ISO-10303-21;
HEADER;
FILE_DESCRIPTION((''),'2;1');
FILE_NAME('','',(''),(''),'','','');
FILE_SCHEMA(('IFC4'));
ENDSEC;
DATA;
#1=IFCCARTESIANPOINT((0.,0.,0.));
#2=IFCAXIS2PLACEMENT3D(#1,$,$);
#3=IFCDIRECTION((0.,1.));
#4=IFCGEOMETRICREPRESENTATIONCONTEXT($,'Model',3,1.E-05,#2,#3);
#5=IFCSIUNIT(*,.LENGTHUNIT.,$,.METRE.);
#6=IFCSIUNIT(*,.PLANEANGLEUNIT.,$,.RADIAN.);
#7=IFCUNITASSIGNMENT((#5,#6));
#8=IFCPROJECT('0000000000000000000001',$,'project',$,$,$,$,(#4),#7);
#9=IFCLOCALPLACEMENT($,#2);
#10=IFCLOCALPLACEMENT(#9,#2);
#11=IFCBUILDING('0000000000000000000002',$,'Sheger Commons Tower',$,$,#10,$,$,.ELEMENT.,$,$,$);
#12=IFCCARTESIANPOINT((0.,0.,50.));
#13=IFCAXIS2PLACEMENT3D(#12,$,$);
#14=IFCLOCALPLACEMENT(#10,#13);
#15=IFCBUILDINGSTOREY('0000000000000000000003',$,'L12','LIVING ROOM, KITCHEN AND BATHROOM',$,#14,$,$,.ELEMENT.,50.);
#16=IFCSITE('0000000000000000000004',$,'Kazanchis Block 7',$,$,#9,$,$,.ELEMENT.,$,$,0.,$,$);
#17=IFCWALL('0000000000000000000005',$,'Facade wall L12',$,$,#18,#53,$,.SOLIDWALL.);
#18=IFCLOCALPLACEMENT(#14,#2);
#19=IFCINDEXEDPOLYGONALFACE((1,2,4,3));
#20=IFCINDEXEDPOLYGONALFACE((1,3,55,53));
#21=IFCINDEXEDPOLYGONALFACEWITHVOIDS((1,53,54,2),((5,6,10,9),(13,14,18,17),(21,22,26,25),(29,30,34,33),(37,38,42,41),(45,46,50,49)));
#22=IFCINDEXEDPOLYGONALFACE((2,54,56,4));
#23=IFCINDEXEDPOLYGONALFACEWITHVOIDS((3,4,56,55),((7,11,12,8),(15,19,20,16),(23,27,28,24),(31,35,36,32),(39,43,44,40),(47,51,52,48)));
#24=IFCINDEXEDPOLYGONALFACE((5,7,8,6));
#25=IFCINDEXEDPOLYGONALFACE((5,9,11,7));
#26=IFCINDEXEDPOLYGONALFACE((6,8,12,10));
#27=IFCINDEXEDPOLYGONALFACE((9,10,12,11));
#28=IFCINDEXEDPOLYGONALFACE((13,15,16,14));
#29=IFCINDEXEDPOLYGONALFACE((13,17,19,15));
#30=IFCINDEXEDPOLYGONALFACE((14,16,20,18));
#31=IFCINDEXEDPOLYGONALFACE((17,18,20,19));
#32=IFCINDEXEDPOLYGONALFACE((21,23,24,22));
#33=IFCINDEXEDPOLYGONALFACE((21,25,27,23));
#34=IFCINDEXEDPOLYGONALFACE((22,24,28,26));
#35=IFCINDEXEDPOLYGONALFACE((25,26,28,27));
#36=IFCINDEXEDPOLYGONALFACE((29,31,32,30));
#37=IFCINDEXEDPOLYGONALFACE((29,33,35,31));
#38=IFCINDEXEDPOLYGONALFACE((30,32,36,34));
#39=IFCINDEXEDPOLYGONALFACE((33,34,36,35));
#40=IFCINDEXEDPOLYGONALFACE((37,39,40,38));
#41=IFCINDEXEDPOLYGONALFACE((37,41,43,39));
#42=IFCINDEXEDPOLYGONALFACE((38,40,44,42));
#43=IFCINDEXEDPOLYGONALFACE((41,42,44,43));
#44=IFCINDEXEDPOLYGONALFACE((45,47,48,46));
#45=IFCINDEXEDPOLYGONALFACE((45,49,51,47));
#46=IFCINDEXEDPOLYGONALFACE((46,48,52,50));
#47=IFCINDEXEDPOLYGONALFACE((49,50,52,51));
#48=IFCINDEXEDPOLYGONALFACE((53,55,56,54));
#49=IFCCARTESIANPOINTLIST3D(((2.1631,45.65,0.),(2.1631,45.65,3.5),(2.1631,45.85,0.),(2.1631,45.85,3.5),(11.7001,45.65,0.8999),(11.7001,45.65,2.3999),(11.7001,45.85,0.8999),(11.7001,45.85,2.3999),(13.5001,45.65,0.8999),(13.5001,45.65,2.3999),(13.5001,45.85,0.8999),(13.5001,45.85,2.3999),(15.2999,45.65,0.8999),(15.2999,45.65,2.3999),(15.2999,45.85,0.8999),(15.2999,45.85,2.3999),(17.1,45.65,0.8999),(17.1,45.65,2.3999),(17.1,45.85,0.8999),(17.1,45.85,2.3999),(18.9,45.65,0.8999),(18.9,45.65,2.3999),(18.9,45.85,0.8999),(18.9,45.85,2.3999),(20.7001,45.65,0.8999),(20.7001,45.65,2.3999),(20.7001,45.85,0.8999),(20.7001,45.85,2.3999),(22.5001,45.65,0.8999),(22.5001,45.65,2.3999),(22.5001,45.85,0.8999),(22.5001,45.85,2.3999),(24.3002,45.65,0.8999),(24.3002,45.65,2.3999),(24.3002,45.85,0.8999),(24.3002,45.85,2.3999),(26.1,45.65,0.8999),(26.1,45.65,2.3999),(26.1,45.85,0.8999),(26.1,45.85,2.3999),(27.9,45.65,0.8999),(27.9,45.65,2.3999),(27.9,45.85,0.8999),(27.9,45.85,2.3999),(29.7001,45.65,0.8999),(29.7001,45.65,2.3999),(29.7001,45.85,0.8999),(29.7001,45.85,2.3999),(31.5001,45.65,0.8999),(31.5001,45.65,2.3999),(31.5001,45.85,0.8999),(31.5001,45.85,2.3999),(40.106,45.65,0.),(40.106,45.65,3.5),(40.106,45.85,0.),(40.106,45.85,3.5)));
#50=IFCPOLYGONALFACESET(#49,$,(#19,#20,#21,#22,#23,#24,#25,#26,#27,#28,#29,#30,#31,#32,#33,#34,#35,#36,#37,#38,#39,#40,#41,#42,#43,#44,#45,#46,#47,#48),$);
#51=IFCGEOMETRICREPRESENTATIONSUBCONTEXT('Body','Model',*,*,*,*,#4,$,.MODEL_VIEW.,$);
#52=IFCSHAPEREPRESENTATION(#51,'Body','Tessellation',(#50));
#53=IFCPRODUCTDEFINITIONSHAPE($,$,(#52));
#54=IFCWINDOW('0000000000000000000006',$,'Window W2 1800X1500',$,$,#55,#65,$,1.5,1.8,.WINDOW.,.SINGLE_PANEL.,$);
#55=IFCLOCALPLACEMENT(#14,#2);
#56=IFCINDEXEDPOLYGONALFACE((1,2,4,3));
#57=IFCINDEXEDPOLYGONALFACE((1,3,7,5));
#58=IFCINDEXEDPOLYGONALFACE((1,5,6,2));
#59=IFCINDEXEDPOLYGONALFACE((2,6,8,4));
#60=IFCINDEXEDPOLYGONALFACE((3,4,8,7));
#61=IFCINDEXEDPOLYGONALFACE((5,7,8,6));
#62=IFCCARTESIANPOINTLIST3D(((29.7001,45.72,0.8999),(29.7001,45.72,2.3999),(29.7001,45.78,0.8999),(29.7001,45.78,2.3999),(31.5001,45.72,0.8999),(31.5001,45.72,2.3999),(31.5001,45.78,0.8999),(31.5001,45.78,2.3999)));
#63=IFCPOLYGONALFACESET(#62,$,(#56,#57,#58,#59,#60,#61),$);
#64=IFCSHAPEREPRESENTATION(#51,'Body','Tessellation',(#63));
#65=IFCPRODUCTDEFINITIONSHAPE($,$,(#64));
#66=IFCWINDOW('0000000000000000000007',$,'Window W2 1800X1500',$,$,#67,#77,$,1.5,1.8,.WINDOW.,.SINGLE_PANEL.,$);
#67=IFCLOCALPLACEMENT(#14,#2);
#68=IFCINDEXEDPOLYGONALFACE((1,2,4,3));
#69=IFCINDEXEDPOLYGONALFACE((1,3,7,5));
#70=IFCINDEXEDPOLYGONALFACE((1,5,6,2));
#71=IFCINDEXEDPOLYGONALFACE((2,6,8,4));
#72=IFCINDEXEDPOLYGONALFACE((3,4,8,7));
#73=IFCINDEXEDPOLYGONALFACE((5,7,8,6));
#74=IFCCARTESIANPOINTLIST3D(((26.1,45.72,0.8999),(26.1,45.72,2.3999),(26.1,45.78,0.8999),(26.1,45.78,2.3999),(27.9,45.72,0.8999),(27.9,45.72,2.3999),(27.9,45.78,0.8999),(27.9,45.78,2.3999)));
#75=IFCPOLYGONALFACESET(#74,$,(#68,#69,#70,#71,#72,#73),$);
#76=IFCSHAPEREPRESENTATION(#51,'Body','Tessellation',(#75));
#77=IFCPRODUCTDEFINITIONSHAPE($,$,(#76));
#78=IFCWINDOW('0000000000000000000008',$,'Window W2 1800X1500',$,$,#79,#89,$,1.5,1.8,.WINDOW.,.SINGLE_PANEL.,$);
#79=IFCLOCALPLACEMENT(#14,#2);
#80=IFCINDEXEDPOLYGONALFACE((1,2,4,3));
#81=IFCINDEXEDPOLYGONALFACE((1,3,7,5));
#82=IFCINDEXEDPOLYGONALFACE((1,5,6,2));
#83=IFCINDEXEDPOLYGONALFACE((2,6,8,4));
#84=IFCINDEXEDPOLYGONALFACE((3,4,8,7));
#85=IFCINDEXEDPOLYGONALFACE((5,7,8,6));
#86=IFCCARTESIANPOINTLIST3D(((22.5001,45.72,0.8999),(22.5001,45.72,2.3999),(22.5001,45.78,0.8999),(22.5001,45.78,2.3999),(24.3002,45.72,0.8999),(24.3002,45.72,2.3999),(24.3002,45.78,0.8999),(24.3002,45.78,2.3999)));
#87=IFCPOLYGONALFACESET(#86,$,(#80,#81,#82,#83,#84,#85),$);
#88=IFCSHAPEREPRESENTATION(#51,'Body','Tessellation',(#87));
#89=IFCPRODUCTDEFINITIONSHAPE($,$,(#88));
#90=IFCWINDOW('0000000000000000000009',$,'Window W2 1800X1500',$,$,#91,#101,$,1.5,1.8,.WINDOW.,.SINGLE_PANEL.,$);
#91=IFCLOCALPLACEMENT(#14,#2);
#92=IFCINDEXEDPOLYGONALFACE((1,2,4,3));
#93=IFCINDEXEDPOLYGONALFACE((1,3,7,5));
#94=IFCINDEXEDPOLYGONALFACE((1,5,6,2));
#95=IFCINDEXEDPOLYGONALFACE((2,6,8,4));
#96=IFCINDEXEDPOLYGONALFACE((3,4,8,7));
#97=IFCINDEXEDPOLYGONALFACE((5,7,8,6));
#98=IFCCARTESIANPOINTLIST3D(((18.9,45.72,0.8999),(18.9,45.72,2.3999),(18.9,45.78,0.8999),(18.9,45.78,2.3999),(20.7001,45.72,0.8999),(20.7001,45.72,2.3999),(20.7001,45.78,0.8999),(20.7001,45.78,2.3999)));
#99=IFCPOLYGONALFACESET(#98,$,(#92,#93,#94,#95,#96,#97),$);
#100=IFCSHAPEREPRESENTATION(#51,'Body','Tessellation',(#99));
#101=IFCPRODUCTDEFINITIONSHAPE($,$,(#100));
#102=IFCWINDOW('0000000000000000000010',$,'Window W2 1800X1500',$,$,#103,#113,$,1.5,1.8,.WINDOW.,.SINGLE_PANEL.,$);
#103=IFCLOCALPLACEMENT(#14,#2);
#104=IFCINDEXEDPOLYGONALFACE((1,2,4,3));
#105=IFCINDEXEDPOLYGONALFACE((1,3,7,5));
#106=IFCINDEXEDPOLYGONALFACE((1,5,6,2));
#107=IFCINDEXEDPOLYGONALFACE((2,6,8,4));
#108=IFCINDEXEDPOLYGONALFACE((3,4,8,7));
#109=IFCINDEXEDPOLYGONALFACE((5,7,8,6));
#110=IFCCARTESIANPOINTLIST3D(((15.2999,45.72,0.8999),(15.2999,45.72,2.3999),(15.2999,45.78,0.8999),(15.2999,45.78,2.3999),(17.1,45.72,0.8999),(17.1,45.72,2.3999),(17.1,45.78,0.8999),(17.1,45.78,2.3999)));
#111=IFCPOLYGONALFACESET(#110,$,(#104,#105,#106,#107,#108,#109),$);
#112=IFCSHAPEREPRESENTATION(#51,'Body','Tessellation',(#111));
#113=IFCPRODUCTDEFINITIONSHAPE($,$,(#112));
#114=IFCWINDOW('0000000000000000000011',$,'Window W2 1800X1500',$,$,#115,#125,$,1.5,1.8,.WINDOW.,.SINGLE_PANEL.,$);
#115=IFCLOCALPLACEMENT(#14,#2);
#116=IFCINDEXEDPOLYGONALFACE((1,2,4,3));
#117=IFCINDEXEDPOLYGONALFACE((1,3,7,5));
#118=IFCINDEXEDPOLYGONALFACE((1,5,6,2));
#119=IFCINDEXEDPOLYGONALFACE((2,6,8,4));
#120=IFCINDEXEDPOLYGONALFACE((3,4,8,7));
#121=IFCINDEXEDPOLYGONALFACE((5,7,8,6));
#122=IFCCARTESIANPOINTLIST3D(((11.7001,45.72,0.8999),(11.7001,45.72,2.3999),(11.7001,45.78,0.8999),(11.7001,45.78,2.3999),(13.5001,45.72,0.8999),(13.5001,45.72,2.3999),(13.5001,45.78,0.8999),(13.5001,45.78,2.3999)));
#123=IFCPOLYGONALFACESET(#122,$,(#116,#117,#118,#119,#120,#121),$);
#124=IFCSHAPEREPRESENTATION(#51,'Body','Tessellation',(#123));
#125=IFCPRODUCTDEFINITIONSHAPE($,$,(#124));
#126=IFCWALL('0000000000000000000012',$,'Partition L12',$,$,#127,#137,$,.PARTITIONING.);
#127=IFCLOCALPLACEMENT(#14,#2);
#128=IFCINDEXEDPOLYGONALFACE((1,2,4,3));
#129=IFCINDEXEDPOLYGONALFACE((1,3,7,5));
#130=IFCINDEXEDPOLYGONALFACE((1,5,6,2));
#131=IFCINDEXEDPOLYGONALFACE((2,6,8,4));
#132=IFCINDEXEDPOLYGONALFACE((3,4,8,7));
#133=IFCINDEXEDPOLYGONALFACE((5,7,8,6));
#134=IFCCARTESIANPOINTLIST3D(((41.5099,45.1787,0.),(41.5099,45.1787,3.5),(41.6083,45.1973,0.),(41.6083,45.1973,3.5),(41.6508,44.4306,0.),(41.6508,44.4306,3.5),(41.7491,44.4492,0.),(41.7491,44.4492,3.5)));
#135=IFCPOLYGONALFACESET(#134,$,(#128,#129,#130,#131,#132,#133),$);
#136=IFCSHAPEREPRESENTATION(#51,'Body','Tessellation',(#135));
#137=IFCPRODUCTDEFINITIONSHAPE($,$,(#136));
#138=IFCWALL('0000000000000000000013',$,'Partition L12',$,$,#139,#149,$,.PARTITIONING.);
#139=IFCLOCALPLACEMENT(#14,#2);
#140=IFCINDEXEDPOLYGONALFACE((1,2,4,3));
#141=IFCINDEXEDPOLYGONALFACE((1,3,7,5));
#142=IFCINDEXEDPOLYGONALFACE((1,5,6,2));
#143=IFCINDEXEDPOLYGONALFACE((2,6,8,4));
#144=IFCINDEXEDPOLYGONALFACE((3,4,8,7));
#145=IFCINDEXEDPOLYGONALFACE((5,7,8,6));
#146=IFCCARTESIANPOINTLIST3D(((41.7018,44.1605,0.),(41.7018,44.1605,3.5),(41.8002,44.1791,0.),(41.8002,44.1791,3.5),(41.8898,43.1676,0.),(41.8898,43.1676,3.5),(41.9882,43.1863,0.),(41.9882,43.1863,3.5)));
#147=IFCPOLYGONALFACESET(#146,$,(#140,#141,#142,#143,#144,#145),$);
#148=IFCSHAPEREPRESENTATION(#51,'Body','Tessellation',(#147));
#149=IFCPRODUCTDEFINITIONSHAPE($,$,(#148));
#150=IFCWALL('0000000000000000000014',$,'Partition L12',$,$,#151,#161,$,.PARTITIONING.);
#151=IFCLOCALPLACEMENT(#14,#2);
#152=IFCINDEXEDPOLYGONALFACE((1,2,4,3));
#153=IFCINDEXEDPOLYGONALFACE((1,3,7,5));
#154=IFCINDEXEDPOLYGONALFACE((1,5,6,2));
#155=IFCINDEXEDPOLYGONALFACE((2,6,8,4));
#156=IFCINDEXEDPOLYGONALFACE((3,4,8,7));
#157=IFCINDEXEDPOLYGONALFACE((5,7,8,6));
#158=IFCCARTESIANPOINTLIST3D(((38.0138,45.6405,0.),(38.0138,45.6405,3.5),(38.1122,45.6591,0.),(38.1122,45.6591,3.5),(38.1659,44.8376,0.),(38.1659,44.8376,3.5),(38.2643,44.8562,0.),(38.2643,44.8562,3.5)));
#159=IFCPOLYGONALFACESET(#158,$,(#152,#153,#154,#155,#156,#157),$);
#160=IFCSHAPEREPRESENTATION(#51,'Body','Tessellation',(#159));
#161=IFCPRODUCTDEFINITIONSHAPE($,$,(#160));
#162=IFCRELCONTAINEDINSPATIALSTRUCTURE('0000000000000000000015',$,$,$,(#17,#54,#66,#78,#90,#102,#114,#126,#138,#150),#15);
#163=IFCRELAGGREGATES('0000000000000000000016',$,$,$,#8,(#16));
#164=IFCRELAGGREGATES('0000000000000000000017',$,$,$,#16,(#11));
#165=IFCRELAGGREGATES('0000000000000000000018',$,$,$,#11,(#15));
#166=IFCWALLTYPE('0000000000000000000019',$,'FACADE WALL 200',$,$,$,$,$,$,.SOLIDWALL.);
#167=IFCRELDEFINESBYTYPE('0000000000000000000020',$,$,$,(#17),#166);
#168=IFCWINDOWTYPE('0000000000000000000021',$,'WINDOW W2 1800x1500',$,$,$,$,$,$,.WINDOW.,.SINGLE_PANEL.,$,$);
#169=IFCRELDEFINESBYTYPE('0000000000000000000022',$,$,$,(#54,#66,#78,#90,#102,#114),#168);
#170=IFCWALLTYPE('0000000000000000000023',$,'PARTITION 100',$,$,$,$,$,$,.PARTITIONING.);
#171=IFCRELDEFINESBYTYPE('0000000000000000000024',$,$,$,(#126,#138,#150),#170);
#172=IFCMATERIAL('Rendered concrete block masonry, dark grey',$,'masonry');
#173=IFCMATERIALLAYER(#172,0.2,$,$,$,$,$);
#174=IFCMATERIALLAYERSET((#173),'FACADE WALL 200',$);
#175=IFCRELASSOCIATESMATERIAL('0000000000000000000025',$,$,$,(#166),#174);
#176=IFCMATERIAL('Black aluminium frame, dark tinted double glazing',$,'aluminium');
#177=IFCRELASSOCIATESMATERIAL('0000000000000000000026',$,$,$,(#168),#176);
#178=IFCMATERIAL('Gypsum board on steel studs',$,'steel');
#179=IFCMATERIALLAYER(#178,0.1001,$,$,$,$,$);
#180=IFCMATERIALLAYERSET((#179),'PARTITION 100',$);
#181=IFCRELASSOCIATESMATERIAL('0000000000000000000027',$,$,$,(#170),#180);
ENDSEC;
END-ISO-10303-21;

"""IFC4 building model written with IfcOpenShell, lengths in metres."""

from ifc_helpers import new_model, si_unit, direction, frame, frame_2d, origin, place, context, subcontext, project, spatial, rectangle, extrude, material, layer, layer_set, type_object, element, fill, save


model = new_model("IFC4")

# Units and contexts
model_context = context("Model", 3, precision=1e-05, world=origin(), true_north=direction((0.0, 1.0)))
body_context = subcontext(model_context, "Body", "Model", "MODEL_VIEW")
ifc_project = project(units=[si_unit("LENGTHUNIT", "METRE"), si_unit("PLANEANGLEUNIT", "RADIAN")], contexts=[model_context])

# Site, building, storey
site_placement = place(None, origin())
site = spatial("IfcSite", under=ifc_project, at=site_placement, Name="Kazanchis Block 7", CompositionType="ELEMENT", RefElevation=0.0)
building_placement = place(site_placement, origin())
building = spatial("IfcBuilding", under=site, at=building_placement, Name="Sheger Commons Tower", CompositionType="ELEMENT")
storey_placement = place(building_placement, frame((0.0, 0.0, 50.0)))
storey = spatial("IfcBuildingStorey", under=building, at=storey_placement, Name="L12", Description="LIVING ROOM, KITCHEN AND BATHROOM", CompositionType="ELEMENT", Elevation=50.0)

# Shared definitions
ifc_material_1 = material(Name="Rendered concrete block masonry, dark grey", Category="masonry")
ifc_layer_1 = layer(ifc_material_1, 0.2)
ifc_layer_set_1 = layer_set([ifc_layer_1], Name="FACADE WALL 200")
wall_type_1 = type_object("IfcWallType", Name="FACADE WALL 200", PredefinedType="SOLIDWALL", material=ifc_layer_set_1)

# Wall, openings, windows
wall_1_placement = place(storey_placement, frame((40.106, 45.75, 0.0), z_axis=(0.0, 0.0, 1.0), x_axis=(-1.0, 0.0, 0.0)))
wall_1 = element("IfcWall", 1, at=wall_1_placement, inside=storey, type_object=wall_type_1, Name="Facade wall L12", PredefinedType="SOLIDWALL", context=body_context, shape_type="SweptSolid", body=[
    extrude(rectangle(XDim=37.9429, YDim=0.2, at=frame_2d((18.9714, 0.0))), origin(), (0.0, 0.0, 1.0), 3.5),
])
opening_1_placement = place(wall_1_placement, frame((8.606, 0.0, 0.8999)))
opening_1 = element("IfcOpeningElement", 2, at=opening_1_placement, cuts=wall_1, PredefinedType="OPENING", context=body_context, shape_type="SweptSolid", body=[
    extrude(rectangle(XDim=1.8, YDim=1.5, at=frame_2d((0.8999, 0.75))), frame((0.0, 0.1099, 0.0), z_axis=(0.0, -1.0, 0.0), x_axis=(1.0, 0.0, 0.0)), (0.0, 0.0, 1.0), 0.22),
])
opening_2_placement = place(wall_1_placement, frame((12.2061, 0.0, 0.8999)))
opening_2 = element("IfcOpeningElement", 3, at=opening_2_placement, cuts=wall_1, PredefinedType="OPENING", context=body_context, shape_type="SweptSolid", body=[
    extrude(rectangle(XDim=1.8, YDim=1.5, at=frame_2d((0.8999, 0.75))), frame((0.0, 0.1099, 0.0), z_axis=(0.0, -1.0, 0.0), x_axis=(1.0, 0.0, 0.0)), (0.0, 0.0, 1.0), 0.22),
])
opening_3_placement = place(wall_1_placement, frame((15.8059, 0.0, 0.8999)))
opening_3 = element("IfcOpeningElement", 4, at=opening_3_placement, cuts=wall_1, PredefinedType="OPENING", context=body_context, shape_type="SweptSolid", body=[
    extrude(rectangle(XDim=1.8, YDim=1.5, at=frame_2d((0.8999, 0.75))), frame((0.0, 0.1099, 0.0), z_axis=(0.0, -1.0, 0.0), x_axis=(1.0, 0.0, 0.0)), (0.0, 0.0, 1.0), 0.22),
])
opening_4_placement = place(wall_1_placement, frame((19.406, 0.0, 0.8999)))
opening_4 = element("IfcOpeningElement", 5, at=opening_4_placement, cuts=wall_1, PredefinedType="OPENING", context=body_context, shape_type="SweptSolid", body=[
    extrude(rectangle(XDim=1.8, YDim=1.5, at=frame_2d((0.8999, 0.75))), frame((0.0, 0.1099, 0.0), z_axis=(0.0, -1.0, 0.0), x_axis=(1.0, 0.0, 0.0)), (0.0, 0.0, 1.0), 0.22),
])
opening_5_placement = place(wall_1_placement, frame((23.0061, 0.0, 0.8999)))
opening_5 = element("IfcOpeningElement", 6, at=opening_5_placement, cuts=wall_1, PredefinedType="OPENING", context=body_context, shape_type="SweptSolid", body=[
    extrude(rectangle(XDim=1.8, YDim=1.5, at=frame_2d((0.8999, 0.75))), frame((0.0, 0.1099, 0.0), z_axis=(0.0, -1.0, 0.0), x_axis=(1.0, 0.0, 0.0)), (0.0, 0.0, 1.0), 0.22),
])
opening_6_placement = place(wall_1_placement, frame((26.606, 0.0, 0.8999)))
opening_6 = element("IfcOpeningElement", 7, at=opening_6_placement, cuts=wall_1, PredefinedType="OPENING", context=body_context, shape_type="SweptSolid", body=[
    extrude(rectangle(XDim=1.8, YDim=1.5, at=frame_2d((0.8999, 0.75))), frame((0.0, 0.1099, 0.0), z_axis=(0.0, -1.0, 0.0), x_axis=(1.0, 0.0, 0.0)), (0.0, 0.0, 1.0), 0.22),
])
ifc_material_2 = material(Name="Black aluminium frame, dark tinted double glazing", Category="aluminium")
window_type = type_object("IfcWindowType", Name="WINDOW W2 1800x1500", PartitioningType="SINGLE_PANEL", PredefinedType="WINDOW", material=ifc_material_2)
window_1_placement = place(opening_1_placement, origin())
window_1 = element("IfcWindow", 8, at=window_1_placement, inside=storey, type_object=window_type, Name="Window W2 1800X1500", OverallHeight=1.5, OverallWidth=1.8, PartitioningType="SINGLE_PANEL", PredefinedType="WINDOW", context=body_context, shape_type="SweptSolid", body=[
    extrude(rectangle(XDim=1.8, YDim=1.5, at=frame_2d((0.8999, 0.75))), frame((0.0, 0.03, 0.0), z_axis=(0.0, -1.0, 0.0), x_axis=(1.0, 0.0, 0.0)), (0.0, 0.0, 1.0), 0.0601),
])
fill(opening_1, window_1)
window_2_placement = place(opening_2_placement, origin())
window_2 = element("IfcWindow", 9, at=window_2_placement, inside=storey, type_object=window_type, Name="Window W2 1800X1500", OverallHeight=1.5, OverallWidth=1.8, PartitioningType="SINGLE_PANEL", PredefinedType="WINDOW", context=body_context, shape_type="SweptSolid", body=[
    extrude(rectangle(XDim=1.8, YDim=1.5, at=frame_2d((0.8999, 0.75))), frame((0.0, 0.03, 0.0), z_axis=(0.0, -1.0, 0.0), x_axis=(1.0, 0.0, 0.0)), (0.0, 0.0, 1.0), 0.0601),
])
fill(opening_2, window_2)
window_3_placement = place(opening_3_placement, origin())
window_3 = element("IfcWindow", 10, at=window_3_placement, inside=storey, type_object=window_type, Name="Window W2 1800X1500", OverallHeight=1.5, OverallWidth=1.8, PartitioningType="SINGLE_PANEL", PredefinedType="WINDOW", context=body_context, shape_type="SweptSolid", body=[
    extrude(rectangle(XDim=1.8, YDim=1.5, at=frame_2d((0.8999, 0.75))), frame((0.0, 0.03, 0.0), z_axis=(0.0, -1.0, 0.0), x_axis=(1.0, 0.0, 0.0)), (0.0, 0.0, 1.0), 0.0601),
])
fill(opening_3, window_3)
window_4_placement = place(opening_4_placement, origin())
window_4 = element("IfcWindow", 11, at=window_4_placement, inside=storey, type_object=window_type, Name="Window W2 1800X1500", OverallHeight=1.5, OverallWidth=1.8, PartitioningType="SINGLE_PANEL", PredefinedType="WINDOW", context=body_context, shape_type="SweptSolid", body=[
    extrude(rectangle(XDim=1.8, YDim=1.5, at=frame_2d((0.8999, 0.75))), frame((0.0, 0.03, 0.0), z_axis=(0.0, -1.0, 0.0), x_axis=(1.0, 0.0, 0.0)), (0.0, 0.0, 1.0), 0.0601),
])
fill(opening_4, window_4)
window_5_placement = place(opening_5_placement, origin())
window_5 = element("IfcWindow", 12, at=window_5_placement, inside=storey, type_object=window_type, Name="Window W2 1800X1500", OverallHeight=1.5, OverallWidth=1.8, PartitioningType="SINGLE_PANEL", PredefinedType="WINDOW", context=body_context, shape_type="SweptSolid", body=[
    extrude(rectangle(XDim=1.8, YDim=1.5, at=frame_2d((0.8999, 0.75))), frame((0.0, 0.03, 0.0), z_axis=(0.0, -1.0, 0.0), x_axis=(1.0, 0.0, 0.0)), (0.0, 0.0, 1.0), 0.0601),
])
fill(opening_5, window_5)
window_6_placement = place(opening_6_placement, origin())
window_6 = element("IfcWindow", 13, at=window_6_placement, inside=storey, type_object=window_type, Name="Window W2 1800X1500", OverallHeight=1.5, OverallWidth=1.8, PartitioningType="SINGLE_PANEL", PredefinedType="WINDOW", context=body_context, shape_type="SweptSolid", body=[
    extrude(rectangle(XDim=1.8, YDim=1.5, at=frame_2d((0.8999, 0.75))), frame((0.0, 0.03, 0.0), z_axis=(0.0, -1.0, 0.0), x_axis=(1.0, 0.0, 0.0)), (0.0, 0.0, 1.0), 0.0601),
])
fill(opening_6, window_6)

# Walls
ifc_material_3 = material(Name="Gypsum board on steel studs", Category="steel")
ifc_layer_2 = layer(ifc_material_3, 0.1001)
ifc_layer_set_2 = layer_set([ifc_layer_2], Name="PARTITION 100")
wall_type_2 = type_object("IfcWallType", Name="PARTITION 100", PredefinedType="PARTITIONING", material=ifc_layer_set_2)
wall_2_placement = place(storey_placement, frame((41.5591, 45.188, 0.0), z_axis=(0.0, 0.0, 1.0), x_axis=(0.185063, -0.982727, 0.0)))
element("IfcWall", 14, at=wall_2_placement, inside=storey, type_object=wall_type_2, Name="Partition L12", PredefinedType="PARTITIONING", context=body_context, shape_type="SweptSolid", body=[
    extrude(rectangle(XDim=0.7612, YDim=0.1001, at=frame_2d((0.3806, 0.0))), origin(), (0.0, 0.0, 1.0), 3.5),
])
wall_3_placement = place(storey_placement, frame((41.751, 44.1699, 0.0), z_axis=(0.0, 0.0, 1.0), x_axis=(0.186024, -0.982545, 0.0)))
element("IfcWall", 15, at=wall_3_placement, inside=storey, type_object=wall_type_2, Name="Partition L12", PredefinedType="PARTITIONING", context=body_context, shape_type="SweptSolid", body=[
    extrude(rectangle(XDim=1.0105, YDim=0.1001, at=frame_2d((0.5054, 0.0))), origin(), (0.0, 0.0, 1.0), 3.5),
])
wall_4_placement = place(storey_placement, frame((38.063, 45.6499, 0.0), z_axis=(0.0, 0.0, 1.0), x_axis=(0.18611, -0.982529, 0.0)))
element("IfcWall", 16, at=wall_4_placement, inside=storey, type_object=wall_type_2, Name="Partition L12", PredefinedType="PARTITIONING", context=body_context, shape_type="SweptSolid", body=[
    extrude(rectangle(XDim=0.8171, YDim=0.1001, at=frame_2d((0.4087, 0.0))), origin(), (0.0, 0.0, 1.0), 3.5),
])

save(model, "model.ifc")
